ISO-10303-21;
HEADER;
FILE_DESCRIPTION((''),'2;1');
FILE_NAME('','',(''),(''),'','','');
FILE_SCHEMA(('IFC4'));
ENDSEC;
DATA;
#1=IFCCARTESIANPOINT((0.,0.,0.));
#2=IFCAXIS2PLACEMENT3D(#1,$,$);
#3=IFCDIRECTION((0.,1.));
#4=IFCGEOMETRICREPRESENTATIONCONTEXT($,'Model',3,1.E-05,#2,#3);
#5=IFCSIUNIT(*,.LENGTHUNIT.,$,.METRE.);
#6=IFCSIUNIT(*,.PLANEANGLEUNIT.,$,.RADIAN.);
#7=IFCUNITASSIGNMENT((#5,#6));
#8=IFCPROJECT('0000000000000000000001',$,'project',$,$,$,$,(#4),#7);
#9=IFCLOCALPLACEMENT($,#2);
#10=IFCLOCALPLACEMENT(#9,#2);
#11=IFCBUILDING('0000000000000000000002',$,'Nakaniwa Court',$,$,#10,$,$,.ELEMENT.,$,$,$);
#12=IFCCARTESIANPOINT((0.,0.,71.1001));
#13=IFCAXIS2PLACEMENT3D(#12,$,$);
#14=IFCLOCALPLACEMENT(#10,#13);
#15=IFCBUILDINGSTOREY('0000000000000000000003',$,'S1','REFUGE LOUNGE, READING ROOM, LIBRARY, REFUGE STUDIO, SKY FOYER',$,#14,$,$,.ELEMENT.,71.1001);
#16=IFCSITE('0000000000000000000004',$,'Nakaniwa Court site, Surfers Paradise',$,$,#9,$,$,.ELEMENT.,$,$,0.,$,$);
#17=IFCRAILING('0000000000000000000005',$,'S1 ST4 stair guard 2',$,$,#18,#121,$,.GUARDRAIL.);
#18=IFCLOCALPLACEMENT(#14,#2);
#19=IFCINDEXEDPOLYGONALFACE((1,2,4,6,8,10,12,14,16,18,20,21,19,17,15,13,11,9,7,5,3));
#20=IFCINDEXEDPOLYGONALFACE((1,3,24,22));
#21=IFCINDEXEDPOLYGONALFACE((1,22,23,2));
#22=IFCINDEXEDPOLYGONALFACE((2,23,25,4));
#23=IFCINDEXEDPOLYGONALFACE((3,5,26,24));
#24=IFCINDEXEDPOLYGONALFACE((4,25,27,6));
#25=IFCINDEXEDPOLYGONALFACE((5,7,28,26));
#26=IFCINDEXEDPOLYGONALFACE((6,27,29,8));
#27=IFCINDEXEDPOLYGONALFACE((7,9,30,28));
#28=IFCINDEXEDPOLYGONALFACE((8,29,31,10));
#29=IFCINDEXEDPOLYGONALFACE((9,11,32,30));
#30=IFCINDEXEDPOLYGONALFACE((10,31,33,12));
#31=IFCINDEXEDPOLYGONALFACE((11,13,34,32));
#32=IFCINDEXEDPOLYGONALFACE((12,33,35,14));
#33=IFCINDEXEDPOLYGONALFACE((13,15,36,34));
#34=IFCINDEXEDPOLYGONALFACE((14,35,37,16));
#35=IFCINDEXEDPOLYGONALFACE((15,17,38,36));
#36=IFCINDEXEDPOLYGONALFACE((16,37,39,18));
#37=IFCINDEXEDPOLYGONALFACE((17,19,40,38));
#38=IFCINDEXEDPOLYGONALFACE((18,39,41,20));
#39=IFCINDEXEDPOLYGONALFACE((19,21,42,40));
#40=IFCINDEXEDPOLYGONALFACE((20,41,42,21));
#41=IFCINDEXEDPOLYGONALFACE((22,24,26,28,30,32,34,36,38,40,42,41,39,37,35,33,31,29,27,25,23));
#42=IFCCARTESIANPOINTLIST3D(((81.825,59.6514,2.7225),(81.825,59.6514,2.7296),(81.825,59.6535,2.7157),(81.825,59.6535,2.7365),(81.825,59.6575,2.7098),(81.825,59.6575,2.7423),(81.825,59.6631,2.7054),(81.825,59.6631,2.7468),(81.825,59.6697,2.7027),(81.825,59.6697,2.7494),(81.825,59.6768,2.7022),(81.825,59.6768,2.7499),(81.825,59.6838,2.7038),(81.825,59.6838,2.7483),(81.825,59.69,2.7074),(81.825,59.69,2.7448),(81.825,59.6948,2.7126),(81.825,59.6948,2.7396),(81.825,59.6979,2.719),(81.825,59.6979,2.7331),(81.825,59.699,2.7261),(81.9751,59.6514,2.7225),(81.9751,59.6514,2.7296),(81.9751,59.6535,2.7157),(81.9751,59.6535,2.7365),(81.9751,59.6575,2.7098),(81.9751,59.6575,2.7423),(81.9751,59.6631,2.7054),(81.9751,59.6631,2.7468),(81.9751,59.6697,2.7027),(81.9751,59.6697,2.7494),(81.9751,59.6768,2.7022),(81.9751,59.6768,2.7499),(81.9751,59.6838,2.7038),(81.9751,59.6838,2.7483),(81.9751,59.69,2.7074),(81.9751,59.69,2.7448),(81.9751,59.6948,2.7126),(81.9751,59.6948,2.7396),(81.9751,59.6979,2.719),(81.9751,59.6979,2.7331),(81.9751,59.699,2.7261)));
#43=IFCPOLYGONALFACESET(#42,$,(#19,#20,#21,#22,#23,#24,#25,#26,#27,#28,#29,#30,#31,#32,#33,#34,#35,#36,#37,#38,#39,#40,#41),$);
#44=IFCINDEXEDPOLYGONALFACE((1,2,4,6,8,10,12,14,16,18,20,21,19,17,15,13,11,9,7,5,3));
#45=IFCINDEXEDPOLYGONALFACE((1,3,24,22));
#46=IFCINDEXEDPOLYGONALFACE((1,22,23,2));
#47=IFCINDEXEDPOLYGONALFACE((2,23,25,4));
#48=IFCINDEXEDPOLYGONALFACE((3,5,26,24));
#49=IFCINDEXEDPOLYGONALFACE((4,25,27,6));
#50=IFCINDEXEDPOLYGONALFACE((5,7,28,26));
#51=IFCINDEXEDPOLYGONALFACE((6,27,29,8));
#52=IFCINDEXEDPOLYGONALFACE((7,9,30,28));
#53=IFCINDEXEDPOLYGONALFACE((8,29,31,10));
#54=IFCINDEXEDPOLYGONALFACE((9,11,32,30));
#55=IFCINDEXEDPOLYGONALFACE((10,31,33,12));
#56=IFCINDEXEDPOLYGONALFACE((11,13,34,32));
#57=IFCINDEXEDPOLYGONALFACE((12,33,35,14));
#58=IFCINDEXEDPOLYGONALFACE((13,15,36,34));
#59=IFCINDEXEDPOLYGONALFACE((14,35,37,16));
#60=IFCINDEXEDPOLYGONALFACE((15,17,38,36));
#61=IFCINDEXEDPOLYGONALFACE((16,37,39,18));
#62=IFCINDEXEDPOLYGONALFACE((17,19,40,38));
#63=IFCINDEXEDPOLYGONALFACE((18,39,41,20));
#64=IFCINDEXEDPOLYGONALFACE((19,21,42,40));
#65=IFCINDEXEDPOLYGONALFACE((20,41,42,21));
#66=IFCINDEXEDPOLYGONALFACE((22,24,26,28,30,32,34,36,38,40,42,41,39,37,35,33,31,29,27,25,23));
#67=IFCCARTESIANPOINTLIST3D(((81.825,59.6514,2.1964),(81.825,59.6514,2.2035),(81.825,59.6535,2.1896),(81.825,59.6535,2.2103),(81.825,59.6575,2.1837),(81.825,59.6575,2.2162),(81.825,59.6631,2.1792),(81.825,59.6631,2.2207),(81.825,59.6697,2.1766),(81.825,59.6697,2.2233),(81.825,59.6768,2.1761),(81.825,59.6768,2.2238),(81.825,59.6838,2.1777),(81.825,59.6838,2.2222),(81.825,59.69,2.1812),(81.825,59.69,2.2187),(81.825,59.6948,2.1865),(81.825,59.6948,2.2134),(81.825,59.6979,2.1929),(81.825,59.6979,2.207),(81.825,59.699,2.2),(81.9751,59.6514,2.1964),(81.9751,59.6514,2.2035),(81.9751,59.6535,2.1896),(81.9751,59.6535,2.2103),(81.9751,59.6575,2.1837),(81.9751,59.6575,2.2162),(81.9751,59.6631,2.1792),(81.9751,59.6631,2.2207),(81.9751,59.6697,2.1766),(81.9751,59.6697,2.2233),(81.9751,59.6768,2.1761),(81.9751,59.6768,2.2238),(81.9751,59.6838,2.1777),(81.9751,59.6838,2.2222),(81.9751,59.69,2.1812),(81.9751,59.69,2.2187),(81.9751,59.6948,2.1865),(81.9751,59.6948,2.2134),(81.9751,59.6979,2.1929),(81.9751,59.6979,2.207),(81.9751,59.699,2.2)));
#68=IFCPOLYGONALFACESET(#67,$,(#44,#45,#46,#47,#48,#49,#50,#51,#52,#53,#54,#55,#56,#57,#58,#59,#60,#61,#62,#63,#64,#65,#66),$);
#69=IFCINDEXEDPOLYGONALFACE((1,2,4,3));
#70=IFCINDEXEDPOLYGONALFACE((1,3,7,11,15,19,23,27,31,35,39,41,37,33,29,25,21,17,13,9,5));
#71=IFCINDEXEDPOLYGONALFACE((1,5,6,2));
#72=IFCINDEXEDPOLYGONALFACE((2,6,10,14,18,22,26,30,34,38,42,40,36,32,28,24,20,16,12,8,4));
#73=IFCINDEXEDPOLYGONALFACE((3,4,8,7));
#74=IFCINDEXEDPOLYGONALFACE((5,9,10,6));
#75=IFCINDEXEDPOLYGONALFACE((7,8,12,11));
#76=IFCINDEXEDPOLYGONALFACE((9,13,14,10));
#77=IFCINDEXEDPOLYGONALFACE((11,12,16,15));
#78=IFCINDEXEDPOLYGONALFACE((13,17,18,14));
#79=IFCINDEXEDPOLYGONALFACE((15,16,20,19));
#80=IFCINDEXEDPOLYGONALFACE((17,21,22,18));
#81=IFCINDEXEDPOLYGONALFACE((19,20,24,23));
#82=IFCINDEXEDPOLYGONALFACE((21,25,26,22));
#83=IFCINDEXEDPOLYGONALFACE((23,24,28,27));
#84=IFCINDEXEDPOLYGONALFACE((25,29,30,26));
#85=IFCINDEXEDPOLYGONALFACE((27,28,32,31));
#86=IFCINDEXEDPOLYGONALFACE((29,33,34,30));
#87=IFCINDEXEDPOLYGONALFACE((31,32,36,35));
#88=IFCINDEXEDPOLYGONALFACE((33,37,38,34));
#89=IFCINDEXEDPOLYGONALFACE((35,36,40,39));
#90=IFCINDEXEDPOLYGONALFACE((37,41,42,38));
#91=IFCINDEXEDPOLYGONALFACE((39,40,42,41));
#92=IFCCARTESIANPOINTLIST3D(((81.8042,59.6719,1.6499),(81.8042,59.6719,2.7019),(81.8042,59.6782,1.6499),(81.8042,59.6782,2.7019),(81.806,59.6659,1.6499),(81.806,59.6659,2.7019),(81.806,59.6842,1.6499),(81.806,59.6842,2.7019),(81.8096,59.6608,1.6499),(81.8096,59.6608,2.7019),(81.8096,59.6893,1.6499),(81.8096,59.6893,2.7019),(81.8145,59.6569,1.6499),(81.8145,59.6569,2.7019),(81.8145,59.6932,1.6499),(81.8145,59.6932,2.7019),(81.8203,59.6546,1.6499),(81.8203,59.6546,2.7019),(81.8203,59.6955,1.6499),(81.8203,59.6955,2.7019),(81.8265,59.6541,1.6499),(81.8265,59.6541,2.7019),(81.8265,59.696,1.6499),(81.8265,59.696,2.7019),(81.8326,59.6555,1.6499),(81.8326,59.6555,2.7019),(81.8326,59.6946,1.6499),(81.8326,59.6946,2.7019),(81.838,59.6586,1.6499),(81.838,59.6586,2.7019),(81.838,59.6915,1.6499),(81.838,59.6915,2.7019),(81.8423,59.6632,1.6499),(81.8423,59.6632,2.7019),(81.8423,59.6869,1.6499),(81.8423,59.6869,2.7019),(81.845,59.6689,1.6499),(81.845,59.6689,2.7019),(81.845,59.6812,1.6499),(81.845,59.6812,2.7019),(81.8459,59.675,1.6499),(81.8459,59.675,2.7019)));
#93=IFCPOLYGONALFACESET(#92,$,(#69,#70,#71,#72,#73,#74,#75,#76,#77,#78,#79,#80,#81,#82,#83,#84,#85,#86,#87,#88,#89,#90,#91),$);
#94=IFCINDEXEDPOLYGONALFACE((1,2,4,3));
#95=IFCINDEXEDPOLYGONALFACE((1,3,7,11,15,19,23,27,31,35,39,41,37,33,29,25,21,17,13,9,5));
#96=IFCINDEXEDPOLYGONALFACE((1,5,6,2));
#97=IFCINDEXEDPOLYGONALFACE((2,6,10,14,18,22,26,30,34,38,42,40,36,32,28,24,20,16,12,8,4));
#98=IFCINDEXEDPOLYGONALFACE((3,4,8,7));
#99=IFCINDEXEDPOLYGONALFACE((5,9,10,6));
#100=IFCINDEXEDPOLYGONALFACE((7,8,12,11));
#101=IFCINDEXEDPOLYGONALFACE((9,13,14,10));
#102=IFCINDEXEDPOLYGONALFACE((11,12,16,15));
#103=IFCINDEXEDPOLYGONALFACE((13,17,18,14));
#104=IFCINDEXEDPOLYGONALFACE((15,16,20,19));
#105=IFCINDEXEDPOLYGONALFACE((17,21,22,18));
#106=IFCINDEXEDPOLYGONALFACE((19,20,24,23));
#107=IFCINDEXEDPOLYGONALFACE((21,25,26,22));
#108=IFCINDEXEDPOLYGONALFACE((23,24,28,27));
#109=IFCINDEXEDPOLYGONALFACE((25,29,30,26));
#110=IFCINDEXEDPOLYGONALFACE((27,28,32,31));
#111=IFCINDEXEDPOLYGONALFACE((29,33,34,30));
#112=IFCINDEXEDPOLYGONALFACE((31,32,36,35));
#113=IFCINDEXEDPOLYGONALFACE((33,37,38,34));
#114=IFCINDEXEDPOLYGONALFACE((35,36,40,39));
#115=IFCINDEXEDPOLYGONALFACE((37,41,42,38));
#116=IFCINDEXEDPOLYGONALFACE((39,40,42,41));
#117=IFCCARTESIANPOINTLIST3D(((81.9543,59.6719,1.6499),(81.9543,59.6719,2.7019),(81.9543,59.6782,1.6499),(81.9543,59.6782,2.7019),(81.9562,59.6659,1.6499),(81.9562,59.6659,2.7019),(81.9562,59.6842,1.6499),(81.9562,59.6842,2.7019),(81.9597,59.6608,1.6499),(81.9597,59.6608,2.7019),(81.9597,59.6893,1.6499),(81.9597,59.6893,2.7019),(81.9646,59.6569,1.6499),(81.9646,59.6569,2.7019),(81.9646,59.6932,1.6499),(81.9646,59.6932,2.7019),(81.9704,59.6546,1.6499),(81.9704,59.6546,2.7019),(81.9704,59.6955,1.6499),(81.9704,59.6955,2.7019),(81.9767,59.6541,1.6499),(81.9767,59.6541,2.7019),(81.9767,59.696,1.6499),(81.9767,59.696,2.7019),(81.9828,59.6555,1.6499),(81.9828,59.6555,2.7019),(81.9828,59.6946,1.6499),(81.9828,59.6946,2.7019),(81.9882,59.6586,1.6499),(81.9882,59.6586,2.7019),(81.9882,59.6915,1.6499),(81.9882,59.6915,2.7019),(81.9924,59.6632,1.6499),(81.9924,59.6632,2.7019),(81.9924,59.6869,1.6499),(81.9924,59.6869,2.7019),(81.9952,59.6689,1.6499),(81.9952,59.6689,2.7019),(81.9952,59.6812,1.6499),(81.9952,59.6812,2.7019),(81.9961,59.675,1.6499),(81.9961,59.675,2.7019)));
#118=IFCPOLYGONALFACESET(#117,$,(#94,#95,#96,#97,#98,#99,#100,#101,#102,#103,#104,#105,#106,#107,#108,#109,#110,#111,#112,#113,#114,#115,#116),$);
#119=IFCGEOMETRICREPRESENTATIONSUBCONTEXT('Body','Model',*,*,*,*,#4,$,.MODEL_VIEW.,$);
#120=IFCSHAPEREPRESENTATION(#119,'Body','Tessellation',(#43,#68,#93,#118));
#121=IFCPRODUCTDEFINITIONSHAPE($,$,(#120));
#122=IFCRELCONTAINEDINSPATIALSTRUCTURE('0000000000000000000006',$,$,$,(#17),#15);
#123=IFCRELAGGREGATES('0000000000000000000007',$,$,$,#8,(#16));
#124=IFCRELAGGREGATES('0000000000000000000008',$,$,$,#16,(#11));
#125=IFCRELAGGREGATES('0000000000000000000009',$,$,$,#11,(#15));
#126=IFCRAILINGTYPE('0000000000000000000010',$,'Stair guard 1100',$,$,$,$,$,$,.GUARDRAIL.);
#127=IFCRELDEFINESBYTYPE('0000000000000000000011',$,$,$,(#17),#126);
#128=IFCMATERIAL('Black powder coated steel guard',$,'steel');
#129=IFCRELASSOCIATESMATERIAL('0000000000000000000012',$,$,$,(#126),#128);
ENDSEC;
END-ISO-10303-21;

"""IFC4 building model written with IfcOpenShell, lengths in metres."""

from ifc_helpers import new_model, si_unit, direction, frame, origin, origin_2d, place, context, subcontext, project, spatial, circle, extrude, material, type_object, element, save


model = new_model("IFC4")

# Units and contexts
model_context = context("Model", 3, precision=1e-05, world=origin(), true_north=direction((0.0, 1.0)))
body_context = subcontext(model_context, "Body", "Model", "MODEL_VIEW")
ifc_project = project(units=[si_unit("LENGTHUNIT", "METRE"), si_unit("PLANEANGLEUNIT", "RADIAN")], contexts=[model_context])

# Site, building, storey
site_placement = place(None, origin())
site = spatial("IfcSite", under=ifc_project, at=site_placement, Name="Nakaniwa Court site, Surfers Paradise", CompositionType="ELEMENT", RefElevation=0.0)
building_placement = place(site_placement, origin())
building = spatial("IfcBuilding", under=site, at=building_placement, Name="Nakaniwa Court", CompositionType="ELEMENT")
storey_placement = place(building_placement, frame((0.0, 0.0, 71.1001)))
storey = spatial("IfcBuildingStorey", under=building, at=storey_placement, Name="S1", Description="REFUGE LOUNGE, READING ROOM, LIBRARY, REFUGE STUDIO, SKY FOYER", CompositionType="ELEMENT", Elevation=71.1001)

# Railing
ifc_material_1 = material(Name="Black powder coated steel guard", Category="steel")
railing_type_1 = type_object("IfcRailingType", Name="Stair guard 1100", PredefinedType="GUARDRAIL", material=ifc_material_1)
railing_1_placement = place(storey_placement, frame((81.825, 59.675, 1.6499)))
element("IfcRailing", 1, at=railing_1_placement, inside=storey, type_object=railing_type_1, Name="S1 ST4 stair guard 2", PredefinedType="GUARDRAIL", context=body_context, shape_type="SweptSolid", body=[
    extrude(circle(Radius=0.0239, at=origin_2d()), frame((0.0, 0.0, 1.0762), z_axis=(1.0, 0.0, 0.0), x_axis=(0.0, 1.0, 0.0)), (0.0, 0.0, 1.0), 0.1501),
    extrude(circle(Radius=0.0239, at=origin_2d()), frame((0.0, 0.0, 0.55), z_axis=(1.0, 0.0, 0.0), x_axis=(0.0, 1.0, 0.0)), (0.0, 0.0, 1.0), 0.1501),
    extrude(circle(Radius=0.021, at=origin_2d()), origin(), (0.0, 0.0, 1.0), 1.052),
    extrude(circle(Radius=0.021, at=origin_2d()), frame((0.1501, 0.0, 0.0)), (0.0, 0.0, 1.0), 1.052),
])

save(model, "model.ifc")
